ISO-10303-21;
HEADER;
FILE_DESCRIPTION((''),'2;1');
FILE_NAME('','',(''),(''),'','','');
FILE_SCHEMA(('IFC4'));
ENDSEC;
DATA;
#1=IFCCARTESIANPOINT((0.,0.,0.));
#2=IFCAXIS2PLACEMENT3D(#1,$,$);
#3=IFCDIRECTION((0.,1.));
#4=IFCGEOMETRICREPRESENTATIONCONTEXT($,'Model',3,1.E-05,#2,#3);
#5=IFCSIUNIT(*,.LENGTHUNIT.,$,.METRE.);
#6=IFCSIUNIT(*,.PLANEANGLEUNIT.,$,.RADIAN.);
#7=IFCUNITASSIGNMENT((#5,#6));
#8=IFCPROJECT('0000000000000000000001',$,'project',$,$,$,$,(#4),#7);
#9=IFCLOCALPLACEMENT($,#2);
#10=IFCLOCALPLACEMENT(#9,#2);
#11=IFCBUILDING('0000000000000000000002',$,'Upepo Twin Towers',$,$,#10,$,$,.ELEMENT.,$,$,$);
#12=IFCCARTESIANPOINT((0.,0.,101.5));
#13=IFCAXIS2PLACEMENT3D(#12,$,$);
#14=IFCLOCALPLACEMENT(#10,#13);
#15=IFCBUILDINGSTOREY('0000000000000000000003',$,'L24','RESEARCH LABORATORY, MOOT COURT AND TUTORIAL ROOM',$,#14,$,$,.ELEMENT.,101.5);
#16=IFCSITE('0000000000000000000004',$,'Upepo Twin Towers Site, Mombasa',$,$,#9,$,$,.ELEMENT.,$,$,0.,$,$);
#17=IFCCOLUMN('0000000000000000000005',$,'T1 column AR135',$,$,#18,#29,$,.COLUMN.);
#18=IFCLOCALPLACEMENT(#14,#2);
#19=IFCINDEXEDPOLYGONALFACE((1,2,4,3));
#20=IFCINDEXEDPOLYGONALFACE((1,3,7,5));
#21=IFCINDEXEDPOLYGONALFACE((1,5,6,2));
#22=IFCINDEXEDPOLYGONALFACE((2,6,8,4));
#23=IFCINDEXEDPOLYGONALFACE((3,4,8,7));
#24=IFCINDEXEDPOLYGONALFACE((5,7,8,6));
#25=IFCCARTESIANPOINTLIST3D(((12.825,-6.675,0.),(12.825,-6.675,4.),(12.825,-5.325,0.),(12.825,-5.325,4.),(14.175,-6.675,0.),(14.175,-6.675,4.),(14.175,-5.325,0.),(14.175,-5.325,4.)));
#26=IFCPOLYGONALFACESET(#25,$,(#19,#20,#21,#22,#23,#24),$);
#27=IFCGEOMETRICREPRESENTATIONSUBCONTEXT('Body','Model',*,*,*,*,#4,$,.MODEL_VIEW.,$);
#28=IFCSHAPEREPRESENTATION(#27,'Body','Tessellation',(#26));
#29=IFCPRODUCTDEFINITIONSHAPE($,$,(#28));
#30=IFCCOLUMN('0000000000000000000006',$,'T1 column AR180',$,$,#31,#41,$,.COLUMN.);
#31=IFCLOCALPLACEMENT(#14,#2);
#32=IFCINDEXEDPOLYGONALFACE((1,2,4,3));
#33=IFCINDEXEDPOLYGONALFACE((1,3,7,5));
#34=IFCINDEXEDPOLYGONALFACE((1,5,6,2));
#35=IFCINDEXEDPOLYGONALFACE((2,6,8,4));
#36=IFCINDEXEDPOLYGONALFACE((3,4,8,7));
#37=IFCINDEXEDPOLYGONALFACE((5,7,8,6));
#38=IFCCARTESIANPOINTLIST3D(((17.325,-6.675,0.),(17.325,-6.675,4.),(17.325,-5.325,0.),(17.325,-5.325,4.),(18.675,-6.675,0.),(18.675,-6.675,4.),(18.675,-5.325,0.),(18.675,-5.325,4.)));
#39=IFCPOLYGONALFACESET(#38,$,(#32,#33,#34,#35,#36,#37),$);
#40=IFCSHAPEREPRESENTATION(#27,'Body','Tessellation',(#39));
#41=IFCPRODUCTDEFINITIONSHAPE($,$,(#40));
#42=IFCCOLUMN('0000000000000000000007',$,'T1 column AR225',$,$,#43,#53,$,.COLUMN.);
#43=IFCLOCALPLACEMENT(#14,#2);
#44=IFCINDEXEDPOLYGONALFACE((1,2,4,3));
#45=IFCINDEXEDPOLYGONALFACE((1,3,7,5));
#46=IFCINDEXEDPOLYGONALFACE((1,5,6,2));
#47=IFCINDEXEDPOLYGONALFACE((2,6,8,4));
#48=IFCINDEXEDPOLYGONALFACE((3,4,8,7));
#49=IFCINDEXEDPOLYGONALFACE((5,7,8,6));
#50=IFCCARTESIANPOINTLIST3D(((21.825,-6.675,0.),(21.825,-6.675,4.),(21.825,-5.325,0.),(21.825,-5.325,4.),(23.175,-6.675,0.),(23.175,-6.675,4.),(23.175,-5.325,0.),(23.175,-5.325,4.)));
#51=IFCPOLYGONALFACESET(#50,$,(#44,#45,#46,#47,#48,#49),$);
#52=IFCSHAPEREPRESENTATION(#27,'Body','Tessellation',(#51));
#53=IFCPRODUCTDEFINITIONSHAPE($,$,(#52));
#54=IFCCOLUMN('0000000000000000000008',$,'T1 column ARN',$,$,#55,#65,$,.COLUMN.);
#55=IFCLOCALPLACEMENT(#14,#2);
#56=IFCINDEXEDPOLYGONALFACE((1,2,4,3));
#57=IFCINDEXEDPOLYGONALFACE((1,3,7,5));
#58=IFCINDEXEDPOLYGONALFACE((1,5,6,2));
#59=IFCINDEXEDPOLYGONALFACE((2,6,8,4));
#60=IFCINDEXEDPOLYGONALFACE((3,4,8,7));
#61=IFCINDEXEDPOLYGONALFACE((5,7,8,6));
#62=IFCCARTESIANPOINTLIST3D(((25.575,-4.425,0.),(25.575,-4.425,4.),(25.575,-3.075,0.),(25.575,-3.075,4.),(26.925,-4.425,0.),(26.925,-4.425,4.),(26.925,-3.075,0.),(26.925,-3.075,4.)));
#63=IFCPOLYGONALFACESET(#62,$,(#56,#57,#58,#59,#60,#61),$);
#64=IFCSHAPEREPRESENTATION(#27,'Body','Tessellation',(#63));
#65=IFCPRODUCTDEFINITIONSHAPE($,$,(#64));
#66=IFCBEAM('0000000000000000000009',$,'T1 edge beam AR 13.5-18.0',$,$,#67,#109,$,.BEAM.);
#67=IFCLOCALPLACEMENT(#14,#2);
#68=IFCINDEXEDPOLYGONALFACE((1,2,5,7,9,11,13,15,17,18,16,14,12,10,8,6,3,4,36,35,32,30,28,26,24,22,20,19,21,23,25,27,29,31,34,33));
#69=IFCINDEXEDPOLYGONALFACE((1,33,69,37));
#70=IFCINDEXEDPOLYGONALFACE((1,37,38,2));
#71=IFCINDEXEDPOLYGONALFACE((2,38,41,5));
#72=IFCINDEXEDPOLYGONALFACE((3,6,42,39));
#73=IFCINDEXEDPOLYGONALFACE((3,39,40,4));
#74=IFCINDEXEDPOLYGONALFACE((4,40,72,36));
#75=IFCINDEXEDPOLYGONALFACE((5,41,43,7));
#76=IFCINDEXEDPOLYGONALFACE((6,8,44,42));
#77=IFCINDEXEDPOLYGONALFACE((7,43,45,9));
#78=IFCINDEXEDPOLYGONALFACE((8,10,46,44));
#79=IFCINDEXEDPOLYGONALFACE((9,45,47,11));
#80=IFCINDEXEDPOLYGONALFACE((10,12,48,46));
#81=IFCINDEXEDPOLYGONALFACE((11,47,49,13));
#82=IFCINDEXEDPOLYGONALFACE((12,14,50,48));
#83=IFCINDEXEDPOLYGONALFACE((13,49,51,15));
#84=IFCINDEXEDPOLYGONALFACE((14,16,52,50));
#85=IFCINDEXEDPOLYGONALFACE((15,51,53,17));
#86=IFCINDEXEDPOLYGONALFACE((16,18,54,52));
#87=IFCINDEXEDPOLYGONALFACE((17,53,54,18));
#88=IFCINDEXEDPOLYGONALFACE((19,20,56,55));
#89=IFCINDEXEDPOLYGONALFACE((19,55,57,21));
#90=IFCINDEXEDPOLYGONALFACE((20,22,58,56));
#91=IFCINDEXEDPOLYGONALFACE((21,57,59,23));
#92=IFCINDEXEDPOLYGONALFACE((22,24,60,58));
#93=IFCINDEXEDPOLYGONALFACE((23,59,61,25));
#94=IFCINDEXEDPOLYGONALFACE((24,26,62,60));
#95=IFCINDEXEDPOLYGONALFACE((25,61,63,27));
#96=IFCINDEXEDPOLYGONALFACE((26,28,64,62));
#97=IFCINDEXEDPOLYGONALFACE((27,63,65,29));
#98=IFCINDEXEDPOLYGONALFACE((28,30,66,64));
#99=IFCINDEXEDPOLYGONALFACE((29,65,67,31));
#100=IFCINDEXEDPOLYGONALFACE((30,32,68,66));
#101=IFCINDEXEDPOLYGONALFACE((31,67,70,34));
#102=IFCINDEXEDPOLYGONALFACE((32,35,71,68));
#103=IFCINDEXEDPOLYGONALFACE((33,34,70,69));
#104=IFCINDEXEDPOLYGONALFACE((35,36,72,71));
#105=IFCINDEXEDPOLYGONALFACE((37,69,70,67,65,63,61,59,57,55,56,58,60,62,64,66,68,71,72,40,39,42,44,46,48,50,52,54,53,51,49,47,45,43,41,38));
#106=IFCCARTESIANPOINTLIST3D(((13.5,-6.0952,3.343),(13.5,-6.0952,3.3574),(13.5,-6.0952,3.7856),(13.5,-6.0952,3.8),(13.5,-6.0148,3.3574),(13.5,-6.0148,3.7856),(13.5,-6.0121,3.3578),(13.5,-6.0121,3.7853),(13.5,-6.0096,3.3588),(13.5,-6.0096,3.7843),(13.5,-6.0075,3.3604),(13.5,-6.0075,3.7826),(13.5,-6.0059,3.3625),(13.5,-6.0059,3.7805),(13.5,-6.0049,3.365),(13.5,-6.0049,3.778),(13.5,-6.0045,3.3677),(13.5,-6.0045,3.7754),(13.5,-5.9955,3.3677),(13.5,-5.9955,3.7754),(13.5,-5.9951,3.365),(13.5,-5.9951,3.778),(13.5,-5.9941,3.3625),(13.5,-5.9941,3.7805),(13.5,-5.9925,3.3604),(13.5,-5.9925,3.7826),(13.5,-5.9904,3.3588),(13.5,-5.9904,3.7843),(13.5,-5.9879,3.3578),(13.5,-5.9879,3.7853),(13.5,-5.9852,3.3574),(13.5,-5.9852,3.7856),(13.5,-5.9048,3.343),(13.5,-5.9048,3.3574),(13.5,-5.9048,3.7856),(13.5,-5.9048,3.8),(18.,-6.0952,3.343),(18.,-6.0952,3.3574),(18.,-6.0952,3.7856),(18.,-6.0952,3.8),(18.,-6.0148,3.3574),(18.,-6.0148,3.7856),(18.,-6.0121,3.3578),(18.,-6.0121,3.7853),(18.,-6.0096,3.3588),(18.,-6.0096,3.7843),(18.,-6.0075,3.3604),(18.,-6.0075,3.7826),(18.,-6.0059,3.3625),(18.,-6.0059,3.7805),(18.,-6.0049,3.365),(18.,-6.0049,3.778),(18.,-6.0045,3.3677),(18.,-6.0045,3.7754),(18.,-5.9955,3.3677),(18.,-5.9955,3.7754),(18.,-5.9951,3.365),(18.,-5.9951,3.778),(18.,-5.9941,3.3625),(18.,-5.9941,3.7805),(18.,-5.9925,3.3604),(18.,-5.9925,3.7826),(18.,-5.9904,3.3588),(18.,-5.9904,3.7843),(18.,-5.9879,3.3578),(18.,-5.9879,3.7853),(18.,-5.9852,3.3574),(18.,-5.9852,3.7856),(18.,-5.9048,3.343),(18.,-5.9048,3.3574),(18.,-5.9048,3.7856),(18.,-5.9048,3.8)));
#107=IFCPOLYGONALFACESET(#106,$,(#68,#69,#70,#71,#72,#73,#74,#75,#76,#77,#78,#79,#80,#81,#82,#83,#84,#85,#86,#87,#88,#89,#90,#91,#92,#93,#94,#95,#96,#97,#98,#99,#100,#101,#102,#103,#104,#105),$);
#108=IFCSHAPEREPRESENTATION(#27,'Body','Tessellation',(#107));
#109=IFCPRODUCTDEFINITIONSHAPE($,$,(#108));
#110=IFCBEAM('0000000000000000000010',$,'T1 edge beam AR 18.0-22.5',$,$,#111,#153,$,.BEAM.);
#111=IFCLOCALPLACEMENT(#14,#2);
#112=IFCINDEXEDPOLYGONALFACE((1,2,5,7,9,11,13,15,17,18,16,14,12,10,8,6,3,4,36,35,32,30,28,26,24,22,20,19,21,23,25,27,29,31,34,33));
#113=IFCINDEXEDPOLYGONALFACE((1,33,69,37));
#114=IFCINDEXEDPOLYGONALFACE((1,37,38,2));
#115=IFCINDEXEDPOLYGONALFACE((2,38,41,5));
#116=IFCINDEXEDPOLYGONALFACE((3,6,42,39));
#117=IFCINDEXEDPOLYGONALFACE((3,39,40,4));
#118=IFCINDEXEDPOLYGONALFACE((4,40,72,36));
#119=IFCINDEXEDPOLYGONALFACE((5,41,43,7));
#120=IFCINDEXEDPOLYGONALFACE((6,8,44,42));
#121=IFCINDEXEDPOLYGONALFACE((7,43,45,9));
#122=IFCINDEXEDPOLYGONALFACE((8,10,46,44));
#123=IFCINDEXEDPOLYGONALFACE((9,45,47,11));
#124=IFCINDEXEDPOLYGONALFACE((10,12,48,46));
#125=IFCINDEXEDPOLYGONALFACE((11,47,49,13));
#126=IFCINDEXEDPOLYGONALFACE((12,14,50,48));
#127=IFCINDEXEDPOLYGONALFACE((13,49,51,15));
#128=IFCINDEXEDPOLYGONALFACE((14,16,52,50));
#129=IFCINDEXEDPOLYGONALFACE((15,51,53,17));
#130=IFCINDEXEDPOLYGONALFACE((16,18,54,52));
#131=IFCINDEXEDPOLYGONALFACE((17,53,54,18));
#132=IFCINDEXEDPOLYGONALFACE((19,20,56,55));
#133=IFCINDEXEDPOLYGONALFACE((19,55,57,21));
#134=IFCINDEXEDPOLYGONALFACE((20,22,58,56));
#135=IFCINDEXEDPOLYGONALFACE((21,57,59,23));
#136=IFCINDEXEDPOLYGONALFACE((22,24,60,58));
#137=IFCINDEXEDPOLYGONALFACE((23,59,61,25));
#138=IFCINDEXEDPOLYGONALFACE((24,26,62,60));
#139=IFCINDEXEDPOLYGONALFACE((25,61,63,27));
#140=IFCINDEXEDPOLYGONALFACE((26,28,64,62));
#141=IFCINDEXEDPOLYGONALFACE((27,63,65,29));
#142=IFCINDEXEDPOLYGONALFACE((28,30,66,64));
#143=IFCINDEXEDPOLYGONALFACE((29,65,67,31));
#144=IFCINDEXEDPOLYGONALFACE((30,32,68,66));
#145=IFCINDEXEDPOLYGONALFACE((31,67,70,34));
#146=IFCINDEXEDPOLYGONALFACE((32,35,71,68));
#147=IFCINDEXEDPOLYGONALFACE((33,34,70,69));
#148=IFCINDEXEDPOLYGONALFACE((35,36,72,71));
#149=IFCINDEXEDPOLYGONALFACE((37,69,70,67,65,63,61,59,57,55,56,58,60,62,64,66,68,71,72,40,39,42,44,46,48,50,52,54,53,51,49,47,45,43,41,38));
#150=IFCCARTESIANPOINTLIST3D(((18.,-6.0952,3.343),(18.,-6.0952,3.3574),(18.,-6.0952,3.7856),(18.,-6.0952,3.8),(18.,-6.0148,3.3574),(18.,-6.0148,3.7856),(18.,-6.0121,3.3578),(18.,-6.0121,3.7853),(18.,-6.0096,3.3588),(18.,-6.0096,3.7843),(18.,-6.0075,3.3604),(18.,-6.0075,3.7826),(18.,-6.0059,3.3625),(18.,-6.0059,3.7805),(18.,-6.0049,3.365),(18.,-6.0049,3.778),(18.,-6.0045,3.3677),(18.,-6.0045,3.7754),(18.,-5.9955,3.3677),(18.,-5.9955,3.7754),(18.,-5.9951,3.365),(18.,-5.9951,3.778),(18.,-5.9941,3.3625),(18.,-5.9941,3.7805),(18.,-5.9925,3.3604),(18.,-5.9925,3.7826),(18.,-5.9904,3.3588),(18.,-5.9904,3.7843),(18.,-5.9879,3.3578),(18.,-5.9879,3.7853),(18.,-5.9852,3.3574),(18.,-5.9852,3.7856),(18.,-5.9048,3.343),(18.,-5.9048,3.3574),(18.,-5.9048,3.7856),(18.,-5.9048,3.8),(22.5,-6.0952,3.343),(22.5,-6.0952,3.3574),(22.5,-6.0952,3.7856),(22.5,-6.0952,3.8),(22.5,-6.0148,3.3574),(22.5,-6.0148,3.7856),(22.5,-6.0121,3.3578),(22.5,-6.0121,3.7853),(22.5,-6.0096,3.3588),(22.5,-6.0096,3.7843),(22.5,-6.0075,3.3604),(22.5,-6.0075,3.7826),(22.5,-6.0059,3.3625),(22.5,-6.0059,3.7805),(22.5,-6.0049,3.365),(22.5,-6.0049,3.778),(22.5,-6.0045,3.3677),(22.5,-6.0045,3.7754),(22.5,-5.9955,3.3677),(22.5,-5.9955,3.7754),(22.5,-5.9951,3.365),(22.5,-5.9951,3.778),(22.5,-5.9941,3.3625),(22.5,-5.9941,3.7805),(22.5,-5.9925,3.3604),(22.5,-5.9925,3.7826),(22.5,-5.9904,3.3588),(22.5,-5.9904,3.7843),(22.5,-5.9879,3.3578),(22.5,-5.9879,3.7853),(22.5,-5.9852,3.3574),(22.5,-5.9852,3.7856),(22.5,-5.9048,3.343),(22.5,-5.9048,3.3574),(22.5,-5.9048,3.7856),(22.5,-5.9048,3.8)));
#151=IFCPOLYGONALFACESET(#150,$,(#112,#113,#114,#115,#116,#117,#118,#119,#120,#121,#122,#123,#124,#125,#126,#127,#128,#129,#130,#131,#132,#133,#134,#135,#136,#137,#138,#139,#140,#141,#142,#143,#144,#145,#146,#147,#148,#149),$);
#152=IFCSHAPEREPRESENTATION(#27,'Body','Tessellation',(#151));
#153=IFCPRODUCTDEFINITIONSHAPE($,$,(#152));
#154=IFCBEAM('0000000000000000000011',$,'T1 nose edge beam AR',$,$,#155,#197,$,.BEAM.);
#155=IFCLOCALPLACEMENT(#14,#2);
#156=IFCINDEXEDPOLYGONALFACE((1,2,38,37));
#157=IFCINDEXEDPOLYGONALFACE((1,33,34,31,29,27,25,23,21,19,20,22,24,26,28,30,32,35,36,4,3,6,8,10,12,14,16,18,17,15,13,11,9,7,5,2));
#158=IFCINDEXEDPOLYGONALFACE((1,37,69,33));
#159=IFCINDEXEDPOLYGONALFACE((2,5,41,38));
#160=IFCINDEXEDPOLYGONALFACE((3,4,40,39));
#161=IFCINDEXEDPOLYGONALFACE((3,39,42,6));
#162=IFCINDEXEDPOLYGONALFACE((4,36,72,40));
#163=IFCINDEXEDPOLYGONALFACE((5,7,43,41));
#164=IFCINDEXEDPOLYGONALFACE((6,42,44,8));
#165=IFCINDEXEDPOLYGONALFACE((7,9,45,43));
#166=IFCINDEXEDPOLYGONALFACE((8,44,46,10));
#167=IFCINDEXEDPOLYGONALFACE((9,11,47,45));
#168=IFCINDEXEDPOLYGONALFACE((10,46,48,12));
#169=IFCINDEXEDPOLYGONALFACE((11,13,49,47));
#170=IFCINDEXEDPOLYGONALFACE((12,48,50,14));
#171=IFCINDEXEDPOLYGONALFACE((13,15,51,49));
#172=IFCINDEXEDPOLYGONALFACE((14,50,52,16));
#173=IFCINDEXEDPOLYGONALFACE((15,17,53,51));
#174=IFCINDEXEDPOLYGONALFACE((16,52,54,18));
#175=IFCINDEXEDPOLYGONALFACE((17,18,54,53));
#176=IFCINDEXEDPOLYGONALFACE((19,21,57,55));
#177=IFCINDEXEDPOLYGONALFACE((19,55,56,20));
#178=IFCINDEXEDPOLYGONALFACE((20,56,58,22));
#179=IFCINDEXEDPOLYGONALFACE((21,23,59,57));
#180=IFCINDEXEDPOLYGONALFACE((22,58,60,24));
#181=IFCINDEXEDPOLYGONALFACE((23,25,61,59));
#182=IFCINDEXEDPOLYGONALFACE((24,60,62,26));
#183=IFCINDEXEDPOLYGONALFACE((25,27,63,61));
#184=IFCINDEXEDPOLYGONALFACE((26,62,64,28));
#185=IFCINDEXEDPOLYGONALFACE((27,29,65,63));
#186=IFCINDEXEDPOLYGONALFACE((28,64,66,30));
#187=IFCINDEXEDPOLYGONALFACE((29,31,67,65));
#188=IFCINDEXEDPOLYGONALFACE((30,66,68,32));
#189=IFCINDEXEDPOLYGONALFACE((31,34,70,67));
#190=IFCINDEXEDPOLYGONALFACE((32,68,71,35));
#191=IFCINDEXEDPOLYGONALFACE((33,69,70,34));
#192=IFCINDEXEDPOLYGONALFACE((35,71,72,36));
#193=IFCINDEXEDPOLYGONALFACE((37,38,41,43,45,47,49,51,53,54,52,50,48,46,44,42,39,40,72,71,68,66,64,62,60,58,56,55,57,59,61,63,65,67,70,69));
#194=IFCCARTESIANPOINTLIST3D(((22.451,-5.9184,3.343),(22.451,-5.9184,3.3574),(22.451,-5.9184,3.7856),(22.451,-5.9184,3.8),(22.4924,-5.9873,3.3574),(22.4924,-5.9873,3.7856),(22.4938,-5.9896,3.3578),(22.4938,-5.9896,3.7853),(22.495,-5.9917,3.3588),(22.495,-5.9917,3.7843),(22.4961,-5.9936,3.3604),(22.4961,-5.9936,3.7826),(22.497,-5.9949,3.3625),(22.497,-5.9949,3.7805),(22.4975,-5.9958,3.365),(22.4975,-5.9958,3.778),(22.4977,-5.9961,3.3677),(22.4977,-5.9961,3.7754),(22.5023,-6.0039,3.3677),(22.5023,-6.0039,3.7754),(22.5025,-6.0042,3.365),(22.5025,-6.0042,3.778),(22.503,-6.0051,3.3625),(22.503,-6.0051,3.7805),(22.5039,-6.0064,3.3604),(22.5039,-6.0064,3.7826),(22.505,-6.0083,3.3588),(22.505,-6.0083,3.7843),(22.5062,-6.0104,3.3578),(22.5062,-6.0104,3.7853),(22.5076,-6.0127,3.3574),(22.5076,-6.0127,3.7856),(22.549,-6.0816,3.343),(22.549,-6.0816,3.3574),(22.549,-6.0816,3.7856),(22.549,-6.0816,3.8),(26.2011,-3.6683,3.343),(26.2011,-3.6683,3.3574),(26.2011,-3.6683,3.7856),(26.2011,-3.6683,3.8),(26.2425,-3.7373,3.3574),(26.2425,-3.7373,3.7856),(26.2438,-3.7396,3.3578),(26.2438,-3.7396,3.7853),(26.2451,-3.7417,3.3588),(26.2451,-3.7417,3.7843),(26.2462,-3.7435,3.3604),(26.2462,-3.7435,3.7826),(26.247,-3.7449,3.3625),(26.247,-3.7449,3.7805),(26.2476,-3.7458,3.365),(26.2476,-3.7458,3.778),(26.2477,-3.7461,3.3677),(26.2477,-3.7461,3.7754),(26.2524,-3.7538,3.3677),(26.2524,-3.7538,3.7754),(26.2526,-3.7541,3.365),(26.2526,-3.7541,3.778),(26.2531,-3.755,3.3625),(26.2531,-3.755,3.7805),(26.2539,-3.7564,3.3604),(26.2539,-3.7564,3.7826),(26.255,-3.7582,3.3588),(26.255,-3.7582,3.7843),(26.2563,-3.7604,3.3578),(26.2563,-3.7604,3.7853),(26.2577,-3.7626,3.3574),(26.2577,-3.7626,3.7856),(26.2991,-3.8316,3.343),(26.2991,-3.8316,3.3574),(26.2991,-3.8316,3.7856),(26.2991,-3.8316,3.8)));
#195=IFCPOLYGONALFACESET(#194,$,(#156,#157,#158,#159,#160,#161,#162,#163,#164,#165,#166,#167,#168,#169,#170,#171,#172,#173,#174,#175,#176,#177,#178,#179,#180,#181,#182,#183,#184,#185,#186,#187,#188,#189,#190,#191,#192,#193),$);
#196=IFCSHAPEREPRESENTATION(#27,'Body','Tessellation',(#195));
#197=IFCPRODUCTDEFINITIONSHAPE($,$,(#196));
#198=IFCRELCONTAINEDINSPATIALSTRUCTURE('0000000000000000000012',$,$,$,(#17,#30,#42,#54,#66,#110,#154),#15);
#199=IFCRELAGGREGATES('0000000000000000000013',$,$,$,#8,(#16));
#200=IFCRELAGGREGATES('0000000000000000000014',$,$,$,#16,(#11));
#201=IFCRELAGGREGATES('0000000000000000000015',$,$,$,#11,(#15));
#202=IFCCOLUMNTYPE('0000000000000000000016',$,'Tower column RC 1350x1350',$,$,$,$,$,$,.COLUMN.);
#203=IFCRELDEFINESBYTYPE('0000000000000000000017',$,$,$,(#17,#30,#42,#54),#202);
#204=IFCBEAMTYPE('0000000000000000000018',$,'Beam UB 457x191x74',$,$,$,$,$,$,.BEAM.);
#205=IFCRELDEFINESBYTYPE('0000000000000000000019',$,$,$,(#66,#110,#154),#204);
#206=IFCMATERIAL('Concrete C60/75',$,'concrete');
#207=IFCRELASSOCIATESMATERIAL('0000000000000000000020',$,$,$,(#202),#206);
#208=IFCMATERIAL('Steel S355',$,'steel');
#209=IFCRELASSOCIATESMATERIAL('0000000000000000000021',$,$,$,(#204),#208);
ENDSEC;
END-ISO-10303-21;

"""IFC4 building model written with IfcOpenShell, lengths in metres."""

from ifc_helpers import new_model, si_unit, direction, frame, origin, origin_2d, place, context, subcontext, project, spatial, rectangle, i_section, extrude, material, material_profile, profile_set, type_object, element, save


model = new_model("IFC4")

# Units and contexts
model_context = context("Model", 3, precision=1e-05, world=origin(), true_north=direction((0.0, 1.0)))
body_context = subcontext(model_context, "Body", "Model", "MODEL_VIEW")
ifc_project = project(units=[si_unit("LENGTHUNIT", "METRE"), si_unit("PLANEANGLEUNIT", "RADIAN")], contexts=[model_context])

# Site, building, storey
site_placement = place(None, origin())
site = spatial("IfcSite", under=ifc_project, at=site_placement, Name="Upepo Twin Towers Site, Mombasa", CompositionType="ELEMENT", RefElevation=0.0)
building_placement = place(site_placement, origin())
building = spatial("IfcBuilding", under=site, at=building_placement, Name="Upepo Twin Towers", CompositionType="ELEMENT")
storey_placement = place(building_placement, frame((0.0, 0.0, 101.5)))
storey = spatial("IfcBuildingStorey", under=building, at=storey_placement, Name="L24", Description="RESEARCH LABORATORY, MOOT COURT AND TUTORIAL ROOM", CompositionType="ELEMENT", Elevation=101.5)

# Columns
ifc_material_1 = material(Name="Concrete C60/75", Category="concrete")
ifc_material_profile_1 = material_profile(ifc_material_1, rectangle(XDim=1.3501, YDim=1.3501, at=origin_2d()), Name="RC 1350x1350")
ifc_profile_set_1 = profile_set([ifc_material_profile_1], Name="Concrete C60/75")
column_type = type_object("IfcColumnType", Name="Tower column RC 1350x1350", PredefinedType="COLUMN", material=ifc_profile_set_1)
for number, where, z_axis, x_axis, name in (
    (1, (13.5, -6.0, 0.0), (0.0, 0.0, 1.0), (1.0, 0.0, 0.0), "T1 column AR135"),
    (2, (18.0, -6.0, 0.0), (0.0, 0.0, 1.0), (1.0, 0.0, 0.0), "T1 column AR180"),
    (3, (22.5, -6.0, 0.0), (0.0, 0.0, 1.0), (1.0, 0.0, 0.0), "T1 column AR225"),
    (4, (26.25, -3.75, 0.0), (0.0, 0.0, 1.0), (1.0, 0.0, 0.0), "T1 column ARN"),
):
    element("IfcColumn", number, at=place(storey_placement, frame(where, z_axis=z_axis, x_axis=x_axis)), inside=storey, type_object=column_type, Name=name, PredefinedType="COLUMN", context=body_context, shape_type="SweptSolid", body=[
        extrude(rectangle(XDim=1.3501, YDim=1.3501, at=origin_2d()), origin(), (0.0, 0.0, 1.0), 4.0),
    ])

# Beams
ifc_material_2 = material(Name="Steel S355", Category="steel")
ifc_material_profile_2 = material_profile(ifc_material_2, i_section(OverallWidth=0.1904, OverallDepth=0.457, WebThickness=0.009, FlangeThickness=0.0144, FilletRadius=0.0103, at=origin_2d()), Name="UB 457x191x74")
ifc_profile_set_2 = profile_set([ifc_material_profile_2], Name="Steel S355")
beam_type_1 = type_object("IfcBeamType", Name="Beam UB 457x191x74", PredefinedType="BEAM", material=ifc_profile_set_2)
for number, where, z_axis, x_axis, name in (
    (5, (13.5, -6.0, 3.5715), (1.0, 0.0, 0.0), (0.0, 1.0, 0.0), "T1 edge beam AR 13.5-18.0"),
    (6, (18.0, -6.0, 3.5715), (1.0, 0.0, 0.0), (0.0, 1.0, 0.0), "T1 edge beam AR 18.0-22.5"),
):
    element("IfcBeam", number, at=place(storey_placement, frame(where, z_axis=z_axis, x_axis=x_axis)), inside=storey, type_object=beam_type_1, Name=name, PredefinedType="BEAM", context=body_context, shape_type="SweptSolid", body=[
        extrude(i_section(OverallWidth=0.1904, OverallDepth=0.457, WebThickness=0.009, FlangeThickness=0.0144, FilletRadius=0.0103, at=origin_2d()), origin(), (0.0, 0.0, 1.0), 4.5),
    ])
beam_1_placement = place(storey_placement, frame((22.5, -6.0, 3.5715), z_axis=(0.857493, 0.514496, 0.0), x_axis=(-0.514496, 0.857493, 0.0)))
element("IfcBeam", 7, at=beam_1_placement, inside=storey, type_object=beam_type_1, Name="T1 nose edge beam AR", PredefinedType="BEAM", context=body_context, shape_type="SweptSolid", body=[
    extrude(i_section(OverallWidth=0.1904, OverallDepth=0.457, WebThickness=0.009, FlangeThickness=0.0144, FilletRadius=0.0103, at=origin_2d()), origin(), (0.0, 0.0, 1.0), 4.3733),
])

save(model, "model.ifc")
